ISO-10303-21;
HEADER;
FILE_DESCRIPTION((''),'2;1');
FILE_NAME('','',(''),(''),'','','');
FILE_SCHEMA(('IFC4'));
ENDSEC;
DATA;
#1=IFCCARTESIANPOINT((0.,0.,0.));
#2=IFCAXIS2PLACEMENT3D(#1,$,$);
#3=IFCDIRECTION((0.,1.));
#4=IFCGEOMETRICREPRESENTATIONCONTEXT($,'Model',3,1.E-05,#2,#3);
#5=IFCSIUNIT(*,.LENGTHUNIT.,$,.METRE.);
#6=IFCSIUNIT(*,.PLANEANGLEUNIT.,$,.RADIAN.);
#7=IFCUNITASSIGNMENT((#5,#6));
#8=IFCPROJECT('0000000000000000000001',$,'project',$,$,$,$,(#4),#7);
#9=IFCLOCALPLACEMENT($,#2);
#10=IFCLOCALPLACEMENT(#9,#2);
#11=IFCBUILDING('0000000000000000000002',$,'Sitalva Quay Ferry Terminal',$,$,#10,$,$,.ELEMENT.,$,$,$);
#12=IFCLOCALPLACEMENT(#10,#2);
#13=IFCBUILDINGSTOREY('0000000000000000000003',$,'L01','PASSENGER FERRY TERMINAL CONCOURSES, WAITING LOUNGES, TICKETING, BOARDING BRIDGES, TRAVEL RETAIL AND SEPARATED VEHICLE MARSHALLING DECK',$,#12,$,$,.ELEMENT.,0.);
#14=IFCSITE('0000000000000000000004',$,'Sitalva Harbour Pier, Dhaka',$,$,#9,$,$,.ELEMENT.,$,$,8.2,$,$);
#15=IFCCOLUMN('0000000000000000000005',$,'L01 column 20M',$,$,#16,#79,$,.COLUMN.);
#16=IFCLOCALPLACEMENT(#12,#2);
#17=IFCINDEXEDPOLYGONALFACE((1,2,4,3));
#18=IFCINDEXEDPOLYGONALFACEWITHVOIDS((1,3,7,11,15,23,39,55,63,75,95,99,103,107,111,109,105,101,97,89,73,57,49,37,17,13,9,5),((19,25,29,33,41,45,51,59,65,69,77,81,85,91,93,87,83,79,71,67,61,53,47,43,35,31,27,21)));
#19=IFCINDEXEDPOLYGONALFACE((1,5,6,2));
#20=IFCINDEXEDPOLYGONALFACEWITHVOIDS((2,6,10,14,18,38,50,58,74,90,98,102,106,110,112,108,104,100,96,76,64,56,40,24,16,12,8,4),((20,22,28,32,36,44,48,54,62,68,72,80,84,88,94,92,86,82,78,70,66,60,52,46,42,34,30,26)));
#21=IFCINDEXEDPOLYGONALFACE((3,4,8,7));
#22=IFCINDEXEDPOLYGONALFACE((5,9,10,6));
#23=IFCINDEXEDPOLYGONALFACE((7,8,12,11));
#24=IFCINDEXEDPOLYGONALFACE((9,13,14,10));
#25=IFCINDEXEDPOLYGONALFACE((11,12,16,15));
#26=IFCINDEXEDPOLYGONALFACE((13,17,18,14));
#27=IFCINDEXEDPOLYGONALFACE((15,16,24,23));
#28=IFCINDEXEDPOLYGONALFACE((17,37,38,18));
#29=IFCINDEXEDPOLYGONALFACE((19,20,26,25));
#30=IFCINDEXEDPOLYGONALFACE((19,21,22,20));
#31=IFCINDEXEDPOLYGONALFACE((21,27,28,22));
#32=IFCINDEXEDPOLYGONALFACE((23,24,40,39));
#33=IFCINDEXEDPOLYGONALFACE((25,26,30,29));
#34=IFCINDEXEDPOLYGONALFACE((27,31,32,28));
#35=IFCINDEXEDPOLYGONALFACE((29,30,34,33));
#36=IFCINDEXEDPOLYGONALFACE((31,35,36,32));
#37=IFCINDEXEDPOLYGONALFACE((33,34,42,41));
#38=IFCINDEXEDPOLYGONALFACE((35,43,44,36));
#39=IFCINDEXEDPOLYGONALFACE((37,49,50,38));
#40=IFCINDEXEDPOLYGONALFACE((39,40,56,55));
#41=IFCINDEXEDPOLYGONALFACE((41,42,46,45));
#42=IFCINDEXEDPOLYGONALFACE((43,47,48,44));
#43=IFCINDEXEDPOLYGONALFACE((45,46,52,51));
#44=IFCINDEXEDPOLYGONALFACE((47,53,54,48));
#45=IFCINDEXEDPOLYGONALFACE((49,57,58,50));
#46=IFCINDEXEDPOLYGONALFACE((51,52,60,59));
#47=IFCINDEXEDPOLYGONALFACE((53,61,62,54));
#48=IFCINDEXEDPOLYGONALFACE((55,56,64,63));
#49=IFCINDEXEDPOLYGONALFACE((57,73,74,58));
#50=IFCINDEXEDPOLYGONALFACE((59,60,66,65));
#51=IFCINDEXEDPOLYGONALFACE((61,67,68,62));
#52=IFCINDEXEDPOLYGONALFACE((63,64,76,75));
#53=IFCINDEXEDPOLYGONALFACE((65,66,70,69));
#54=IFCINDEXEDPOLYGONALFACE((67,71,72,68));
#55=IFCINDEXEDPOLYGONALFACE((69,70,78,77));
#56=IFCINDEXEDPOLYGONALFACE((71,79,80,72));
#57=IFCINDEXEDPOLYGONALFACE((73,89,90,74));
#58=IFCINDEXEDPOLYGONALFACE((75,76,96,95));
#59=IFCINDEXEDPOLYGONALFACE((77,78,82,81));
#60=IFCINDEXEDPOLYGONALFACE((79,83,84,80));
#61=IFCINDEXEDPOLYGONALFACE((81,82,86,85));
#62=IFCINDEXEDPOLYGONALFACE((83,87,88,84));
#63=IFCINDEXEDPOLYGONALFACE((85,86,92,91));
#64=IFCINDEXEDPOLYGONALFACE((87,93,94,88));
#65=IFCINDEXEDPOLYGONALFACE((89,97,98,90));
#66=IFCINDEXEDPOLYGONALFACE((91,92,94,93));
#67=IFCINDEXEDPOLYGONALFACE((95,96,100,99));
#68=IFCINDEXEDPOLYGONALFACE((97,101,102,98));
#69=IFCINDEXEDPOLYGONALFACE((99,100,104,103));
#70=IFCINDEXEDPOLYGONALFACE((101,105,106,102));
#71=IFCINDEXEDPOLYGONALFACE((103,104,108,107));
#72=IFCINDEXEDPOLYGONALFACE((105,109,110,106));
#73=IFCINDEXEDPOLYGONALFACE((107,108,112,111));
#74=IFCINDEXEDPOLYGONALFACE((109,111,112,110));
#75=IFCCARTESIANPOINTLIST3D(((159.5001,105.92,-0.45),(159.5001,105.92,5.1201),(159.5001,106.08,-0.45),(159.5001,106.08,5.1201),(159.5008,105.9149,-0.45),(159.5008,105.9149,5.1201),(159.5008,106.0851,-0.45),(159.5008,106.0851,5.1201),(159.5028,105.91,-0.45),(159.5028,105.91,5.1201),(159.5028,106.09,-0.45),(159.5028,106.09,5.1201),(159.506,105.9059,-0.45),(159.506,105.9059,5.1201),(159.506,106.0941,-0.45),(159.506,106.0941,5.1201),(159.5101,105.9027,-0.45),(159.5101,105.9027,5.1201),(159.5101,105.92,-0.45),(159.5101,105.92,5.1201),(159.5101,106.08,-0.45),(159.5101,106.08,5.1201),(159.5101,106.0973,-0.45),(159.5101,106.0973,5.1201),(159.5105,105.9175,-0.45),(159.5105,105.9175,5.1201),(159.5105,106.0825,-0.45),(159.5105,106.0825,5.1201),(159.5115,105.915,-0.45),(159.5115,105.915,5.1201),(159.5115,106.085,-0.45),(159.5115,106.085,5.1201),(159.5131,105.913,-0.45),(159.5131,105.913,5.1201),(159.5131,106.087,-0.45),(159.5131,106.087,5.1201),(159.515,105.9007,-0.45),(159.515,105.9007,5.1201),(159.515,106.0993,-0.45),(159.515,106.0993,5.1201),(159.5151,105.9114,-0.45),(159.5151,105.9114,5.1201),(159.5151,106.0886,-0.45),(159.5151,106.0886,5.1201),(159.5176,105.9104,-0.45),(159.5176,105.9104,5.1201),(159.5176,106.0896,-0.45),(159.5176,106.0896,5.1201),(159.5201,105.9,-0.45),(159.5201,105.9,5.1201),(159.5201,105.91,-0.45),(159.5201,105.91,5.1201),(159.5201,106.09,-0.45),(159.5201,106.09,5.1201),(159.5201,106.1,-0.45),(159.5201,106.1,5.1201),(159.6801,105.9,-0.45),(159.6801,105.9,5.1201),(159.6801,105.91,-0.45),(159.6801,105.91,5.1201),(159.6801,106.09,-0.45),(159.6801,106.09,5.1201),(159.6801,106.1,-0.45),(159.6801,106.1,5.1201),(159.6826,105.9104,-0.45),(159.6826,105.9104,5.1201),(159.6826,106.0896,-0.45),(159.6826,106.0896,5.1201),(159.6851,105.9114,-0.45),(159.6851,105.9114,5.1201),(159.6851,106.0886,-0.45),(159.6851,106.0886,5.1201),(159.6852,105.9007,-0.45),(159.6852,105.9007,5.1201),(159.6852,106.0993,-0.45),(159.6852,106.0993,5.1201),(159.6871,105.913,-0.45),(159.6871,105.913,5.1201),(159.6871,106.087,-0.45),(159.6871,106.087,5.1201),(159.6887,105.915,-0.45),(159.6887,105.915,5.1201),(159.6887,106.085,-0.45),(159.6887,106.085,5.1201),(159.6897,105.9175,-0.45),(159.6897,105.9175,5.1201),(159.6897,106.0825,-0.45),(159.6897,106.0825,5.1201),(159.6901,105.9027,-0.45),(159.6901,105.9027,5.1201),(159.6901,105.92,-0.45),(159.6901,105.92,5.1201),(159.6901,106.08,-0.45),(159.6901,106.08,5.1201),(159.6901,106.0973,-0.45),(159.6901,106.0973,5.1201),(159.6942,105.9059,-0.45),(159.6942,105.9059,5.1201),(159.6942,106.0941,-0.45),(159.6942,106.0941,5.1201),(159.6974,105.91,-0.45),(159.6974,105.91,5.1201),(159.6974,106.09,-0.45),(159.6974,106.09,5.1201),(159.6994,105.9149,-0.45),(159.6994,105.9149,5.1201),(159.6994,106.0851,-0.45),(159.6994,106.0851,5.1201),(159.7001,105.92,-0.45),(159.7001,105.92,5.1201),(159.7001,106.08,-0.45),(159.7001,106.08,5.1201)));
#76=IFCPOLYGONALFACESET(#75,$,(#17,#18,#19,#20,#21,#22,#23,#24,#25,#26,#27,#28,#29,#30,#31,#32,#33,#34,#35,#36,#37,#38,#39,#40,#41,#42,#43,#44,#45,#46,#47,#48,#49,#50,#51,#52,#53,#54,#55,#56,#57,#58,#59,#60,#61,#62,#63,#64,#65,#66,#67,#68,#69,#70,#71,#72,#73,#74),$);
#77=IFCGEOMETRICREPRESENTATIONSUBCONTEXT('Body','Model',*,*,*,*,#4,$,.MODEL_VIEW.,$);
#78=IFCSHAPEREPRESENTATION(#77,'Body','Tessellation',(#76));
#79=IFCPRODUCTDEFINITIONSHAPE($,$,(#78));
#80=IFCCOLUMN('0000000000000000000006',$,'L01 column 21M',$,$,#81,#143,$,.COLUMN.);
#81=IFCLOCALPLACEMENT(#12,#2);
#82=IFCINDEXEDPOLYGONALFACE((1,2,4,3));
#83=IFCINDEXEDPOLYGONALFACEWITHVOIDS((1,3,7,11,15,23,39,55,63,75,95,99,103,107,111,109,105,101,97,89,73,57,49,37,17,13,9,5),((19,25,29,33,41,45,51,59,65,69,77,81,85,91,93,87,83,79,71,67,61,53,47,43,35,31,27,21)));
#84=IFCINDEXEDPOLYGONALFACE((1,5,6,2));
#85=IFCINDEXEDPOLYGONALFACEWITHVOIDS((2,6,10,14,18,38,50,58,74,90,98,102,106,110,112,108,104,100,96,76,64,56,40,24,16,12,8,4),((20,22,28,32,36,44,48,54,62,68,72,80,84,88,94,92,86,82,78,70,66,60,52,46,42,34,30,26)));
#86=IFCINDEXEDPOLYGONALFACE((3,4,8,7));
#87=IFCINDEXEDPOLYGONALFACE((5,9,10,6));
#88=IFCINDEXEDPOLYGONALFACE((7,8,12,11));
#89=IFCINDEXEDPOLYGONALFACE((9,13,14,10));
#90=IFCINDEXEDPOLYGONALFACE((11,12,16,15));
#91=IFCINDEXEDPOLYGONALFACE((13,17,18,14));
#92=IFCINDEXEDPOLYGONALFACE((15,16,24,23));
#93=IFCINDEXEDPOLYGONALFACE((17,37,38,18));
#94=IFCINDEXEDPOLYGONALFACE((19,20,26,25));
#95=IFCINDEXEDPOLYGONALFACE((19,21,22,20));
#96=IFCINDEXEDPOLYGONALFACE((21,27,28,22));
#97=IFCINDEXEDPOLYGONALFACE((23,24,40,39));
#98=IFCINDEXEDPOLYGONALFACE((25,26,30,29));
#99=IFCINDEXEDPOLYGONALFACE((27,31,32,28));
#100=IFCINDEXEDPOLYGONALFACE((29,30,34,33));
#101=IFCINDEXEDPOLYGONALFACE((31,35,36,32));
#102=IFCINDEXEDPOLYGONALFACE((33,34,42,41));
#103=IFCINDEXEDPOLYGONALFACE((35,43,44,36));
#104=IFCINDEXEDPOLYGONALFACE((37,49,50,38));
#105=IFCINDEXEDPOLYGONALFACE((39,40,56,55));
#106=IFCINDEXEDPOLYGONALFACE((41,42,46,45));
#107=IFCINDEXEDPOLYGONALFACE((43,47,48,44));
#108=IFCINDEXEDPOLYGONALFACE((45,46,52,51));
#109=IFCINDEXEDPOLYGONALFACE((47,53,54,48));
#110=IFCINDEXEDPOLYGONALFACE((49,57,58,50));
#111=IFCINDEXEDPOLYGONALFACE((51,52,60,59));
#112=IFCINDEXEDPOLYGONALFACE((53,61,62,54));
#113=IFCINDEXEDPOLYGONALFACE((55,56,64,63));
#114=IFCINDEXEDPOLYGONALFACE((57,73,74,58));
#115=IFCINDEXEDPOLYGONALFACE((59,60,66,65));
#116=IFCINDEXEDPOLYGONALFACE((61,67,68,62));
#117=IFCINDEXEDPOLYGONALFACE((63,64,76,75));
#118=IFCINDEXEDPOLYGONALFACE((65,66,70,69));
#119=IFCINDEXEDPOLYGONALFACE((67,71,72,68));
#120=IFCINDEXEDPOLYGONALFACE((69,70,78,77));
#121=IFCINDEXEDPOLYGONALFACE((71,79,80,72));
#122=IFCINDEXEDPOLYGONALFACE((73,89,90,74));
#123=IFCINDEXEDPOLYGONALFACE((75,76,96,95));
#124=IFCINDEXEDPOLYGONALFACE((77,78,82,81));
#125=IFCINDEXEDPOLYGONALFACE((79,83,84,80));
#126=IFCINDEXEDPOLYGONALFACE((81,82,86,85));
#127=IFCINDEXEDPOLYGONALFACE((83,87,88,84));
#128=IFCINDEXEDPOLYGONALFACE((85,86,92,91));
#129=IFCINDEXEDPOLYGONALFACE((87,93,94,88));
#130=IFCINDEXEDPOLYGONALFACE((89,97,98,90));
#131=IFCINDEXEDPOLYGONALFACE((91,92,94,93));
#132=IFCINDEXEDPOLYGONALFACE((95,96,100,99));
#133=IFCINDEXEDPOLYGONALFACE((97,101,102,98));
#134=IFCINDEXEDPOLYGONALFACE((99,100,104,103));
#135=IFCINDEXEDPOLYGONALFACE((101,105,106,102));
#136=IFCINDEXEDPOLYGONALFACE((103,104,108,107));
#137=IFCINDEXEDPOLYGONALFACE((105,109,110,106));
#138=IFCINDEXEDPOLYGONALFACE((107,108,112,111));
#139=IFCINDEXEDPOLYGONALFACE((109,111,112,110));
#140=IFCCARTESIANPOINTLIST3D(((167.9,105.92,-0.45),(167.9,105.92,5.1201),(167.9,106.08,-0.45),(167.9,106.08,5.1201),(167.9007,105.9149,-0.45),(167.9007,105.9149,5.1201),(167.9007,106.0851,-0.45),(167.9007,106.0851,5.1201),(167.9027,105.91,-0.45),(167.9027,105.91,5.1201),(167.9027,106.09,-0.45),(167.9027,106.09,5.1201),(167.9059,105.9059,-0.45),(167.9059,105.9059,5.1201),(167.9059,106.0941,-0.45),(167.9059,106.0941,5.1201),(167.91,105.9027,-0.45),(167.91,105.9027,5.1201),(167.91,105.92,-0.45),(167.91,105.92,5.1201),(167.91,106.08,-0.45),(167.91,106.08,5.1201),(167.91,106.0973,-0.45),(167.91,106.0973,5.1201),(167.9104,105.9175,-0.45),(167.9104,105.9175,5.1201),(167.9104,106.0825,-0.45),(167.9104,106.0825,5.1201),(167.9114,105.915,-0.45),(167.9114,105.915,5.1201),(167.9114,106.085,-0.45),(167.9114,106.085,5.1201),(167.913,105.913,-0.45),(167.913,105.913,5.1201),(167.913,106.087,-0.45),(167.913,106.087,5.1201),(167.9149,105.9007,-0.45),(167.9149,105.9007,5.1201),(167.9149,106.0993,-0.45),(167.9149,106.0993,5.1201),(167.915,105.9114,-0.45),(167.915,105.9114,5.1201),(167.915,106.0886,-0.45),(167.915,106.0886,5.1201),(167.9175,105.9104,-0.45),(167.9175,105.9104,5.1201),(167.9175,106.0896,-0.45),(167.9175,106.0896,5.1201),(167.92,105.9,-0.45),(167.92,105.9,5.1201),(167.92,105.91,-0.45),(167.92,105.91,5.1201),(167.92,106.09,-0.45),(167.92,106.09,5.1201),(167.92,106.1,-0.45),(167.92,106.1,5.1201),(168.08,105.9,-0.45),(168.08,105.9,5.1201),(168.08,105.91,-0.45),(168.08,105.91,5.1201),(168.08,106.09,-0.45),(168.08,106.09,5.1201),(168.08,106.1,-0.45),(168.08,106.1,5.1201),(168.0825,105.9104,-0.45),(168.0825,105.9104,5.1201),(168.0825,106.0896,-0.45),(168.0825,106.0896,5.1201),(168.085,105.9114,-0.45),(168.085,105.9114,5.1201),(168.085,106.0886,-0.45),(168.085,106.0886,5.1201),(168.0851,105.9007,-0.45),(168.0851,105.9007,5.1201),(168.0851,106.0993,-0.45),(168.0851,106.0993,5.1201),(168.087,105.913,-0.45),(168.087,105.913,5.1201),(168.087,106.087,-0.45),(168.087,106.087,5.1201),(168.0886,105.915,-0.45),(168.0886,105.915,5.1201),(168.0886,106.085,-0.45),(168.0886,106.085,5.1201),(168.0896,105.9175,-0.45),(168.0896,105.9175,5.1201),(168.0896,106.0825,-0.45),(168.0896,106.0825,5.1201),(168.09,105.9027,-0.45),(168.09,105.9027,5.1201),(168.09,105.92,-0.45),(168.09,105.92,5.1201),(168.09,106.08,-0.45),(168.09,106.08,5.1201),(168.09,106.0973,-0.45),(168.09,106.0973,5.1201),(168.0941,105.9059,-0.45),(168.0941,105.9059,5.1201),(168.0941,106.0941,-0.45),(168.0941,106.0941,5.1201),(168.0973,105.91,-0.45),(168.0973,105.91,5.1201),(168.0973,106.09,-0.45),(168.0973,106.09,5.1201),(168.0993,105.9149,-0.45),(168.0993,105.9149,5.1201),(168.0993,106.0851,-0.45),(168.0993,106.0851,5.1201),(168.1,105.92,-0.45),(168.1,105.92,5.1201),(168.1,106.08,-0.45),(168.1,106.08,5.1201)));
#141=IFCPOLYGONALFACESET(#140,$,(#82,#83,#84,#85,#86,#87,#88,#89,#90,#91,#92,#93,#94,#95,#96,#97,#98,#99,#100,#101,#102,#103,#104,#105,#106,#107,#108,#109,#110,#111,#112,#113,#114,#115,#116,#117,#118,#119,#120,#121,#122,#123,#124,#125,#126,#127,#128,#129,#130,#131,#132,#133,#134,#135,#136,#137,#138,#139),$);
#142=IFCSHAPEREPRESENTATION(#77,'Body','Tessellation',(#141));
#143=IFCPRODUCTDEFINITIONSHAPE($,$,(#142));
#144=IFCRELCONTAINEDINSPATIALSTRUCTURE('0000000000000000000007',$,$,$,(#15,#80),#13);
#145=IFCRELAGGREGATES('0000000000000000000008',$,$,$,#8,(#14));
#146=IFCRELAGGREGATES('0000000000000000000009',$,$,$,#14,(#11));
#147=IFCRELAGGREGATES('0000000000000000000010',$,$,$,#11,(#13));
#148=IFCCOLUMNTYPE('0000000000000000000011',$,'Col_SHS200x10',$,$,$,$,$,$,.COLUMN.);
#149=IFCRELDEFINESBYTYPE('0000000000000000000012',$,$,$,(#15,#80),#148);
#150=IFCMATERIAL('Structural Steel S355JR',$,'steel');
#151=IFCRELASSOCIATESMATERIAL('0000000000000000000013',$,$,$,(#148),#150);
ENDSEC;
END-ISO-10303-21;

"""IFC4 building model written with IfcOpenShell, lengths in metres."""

from ifc_helpers import new_model, si_unit, direction, frame, origin, origin_2d, place, context, subcontext, project, spatial, hollow_rectangle, extrude, material, material_profile, profile_set, type_object, element, save


model = new_model("IFC4")

# Units and contexts
model_context = context("Model", 3, precision=1e-05, world=origin(), true_north=direction((0.0, 1.0)))
body_context = subcontext(model_context, "Body", "Model", "MODEL_VIEW")
ifc_project = project(units=[si_unit("LENGTHUNIT", "METRE"), si_unit("PLANEANGLEUNIT", "RADIAN")], contexts=[model_context])

# Site, building, storey
site_placement = place(None, origin())
site = spatial("IfcSite", under=ifc_project, at=site_placement, Name="Sitalva Harbour Pier, Dhaka", CompositionType="ELEMENT", RefElevation=8.2)
building_placement = place(site_placement, origin())
building = spatial("IfcBuilding", under=site, at=building_placement, Name="Sitalva Quay Ferry Terminal", CompositionType="ELEMENT")
storey_placement = place(building_placement, origin())
storey = spatial("IfcBuildingStorey", under=building, at=storey_placement, Name="L01", Description="PASSENGER FERRY TERMINAL CONCOURSES, WAITING LOUNGES, TICKETING, BOARDING BRIDGES, TRAVEL RETAIL AND SEPARATED VEHICLE MARSHALLING DECK", CompositionType="ELEMENT", Elevation=0.0)

# Columns
ifc_material_1 = material(Name="Structural Steel S355JR", Category="steel")
ifc_material_profile_1 = material_profile(ifc_material_1, hollow_rectangle(XDim=0.2, YDim=0.2, WallThickness=0.01, InnerFilletRadius=0.01, OuterFilletRadius=0.02, at=origin_2d()), Name="SHS200x200x10")
ifc_profile_set_1 = profile_set([ifc_material_profile_1], Name="Structural Steel S355JR")
column_type_1 = type_object("IfcColumnType", Name="Col_SHS200x10", PredefinedType="COLUMN", material=ifc_profile_set_1)
for number, where, z_axis, x_axis, name in (
    (1, (159.6001, 106.0, -0.45), (0.0, 0.0, 1.0), (1.0, 0.0, 0.0), "L01 column 20M"),
    (2, (168.0, 106.0, -0.45), (0.0, 0.0, 1.0), (1.0, 0.0, 0.0), "L01 column 21M"),
):
    element("IfcColumn", number, at=place(storey_placement, frame(where, z_axis=z_axis, x_axis=x_axis)), inside=storey, type_object=column_type_1, Name=name, PredefinedType="COLUMN", context=body_context, shape_type="SweptSolid", body=[
        extrude(hollow_rectangle(XDim=0.2, YDim=0.2, WallThickness=0.01, InnerFilletRadius=0.01, OuterFilletRadius=0.02, at=origin_2d()), origin(), (0.0, 0.0, 1.0), 5.5701),
    ])

save(model, "model.ifc")
